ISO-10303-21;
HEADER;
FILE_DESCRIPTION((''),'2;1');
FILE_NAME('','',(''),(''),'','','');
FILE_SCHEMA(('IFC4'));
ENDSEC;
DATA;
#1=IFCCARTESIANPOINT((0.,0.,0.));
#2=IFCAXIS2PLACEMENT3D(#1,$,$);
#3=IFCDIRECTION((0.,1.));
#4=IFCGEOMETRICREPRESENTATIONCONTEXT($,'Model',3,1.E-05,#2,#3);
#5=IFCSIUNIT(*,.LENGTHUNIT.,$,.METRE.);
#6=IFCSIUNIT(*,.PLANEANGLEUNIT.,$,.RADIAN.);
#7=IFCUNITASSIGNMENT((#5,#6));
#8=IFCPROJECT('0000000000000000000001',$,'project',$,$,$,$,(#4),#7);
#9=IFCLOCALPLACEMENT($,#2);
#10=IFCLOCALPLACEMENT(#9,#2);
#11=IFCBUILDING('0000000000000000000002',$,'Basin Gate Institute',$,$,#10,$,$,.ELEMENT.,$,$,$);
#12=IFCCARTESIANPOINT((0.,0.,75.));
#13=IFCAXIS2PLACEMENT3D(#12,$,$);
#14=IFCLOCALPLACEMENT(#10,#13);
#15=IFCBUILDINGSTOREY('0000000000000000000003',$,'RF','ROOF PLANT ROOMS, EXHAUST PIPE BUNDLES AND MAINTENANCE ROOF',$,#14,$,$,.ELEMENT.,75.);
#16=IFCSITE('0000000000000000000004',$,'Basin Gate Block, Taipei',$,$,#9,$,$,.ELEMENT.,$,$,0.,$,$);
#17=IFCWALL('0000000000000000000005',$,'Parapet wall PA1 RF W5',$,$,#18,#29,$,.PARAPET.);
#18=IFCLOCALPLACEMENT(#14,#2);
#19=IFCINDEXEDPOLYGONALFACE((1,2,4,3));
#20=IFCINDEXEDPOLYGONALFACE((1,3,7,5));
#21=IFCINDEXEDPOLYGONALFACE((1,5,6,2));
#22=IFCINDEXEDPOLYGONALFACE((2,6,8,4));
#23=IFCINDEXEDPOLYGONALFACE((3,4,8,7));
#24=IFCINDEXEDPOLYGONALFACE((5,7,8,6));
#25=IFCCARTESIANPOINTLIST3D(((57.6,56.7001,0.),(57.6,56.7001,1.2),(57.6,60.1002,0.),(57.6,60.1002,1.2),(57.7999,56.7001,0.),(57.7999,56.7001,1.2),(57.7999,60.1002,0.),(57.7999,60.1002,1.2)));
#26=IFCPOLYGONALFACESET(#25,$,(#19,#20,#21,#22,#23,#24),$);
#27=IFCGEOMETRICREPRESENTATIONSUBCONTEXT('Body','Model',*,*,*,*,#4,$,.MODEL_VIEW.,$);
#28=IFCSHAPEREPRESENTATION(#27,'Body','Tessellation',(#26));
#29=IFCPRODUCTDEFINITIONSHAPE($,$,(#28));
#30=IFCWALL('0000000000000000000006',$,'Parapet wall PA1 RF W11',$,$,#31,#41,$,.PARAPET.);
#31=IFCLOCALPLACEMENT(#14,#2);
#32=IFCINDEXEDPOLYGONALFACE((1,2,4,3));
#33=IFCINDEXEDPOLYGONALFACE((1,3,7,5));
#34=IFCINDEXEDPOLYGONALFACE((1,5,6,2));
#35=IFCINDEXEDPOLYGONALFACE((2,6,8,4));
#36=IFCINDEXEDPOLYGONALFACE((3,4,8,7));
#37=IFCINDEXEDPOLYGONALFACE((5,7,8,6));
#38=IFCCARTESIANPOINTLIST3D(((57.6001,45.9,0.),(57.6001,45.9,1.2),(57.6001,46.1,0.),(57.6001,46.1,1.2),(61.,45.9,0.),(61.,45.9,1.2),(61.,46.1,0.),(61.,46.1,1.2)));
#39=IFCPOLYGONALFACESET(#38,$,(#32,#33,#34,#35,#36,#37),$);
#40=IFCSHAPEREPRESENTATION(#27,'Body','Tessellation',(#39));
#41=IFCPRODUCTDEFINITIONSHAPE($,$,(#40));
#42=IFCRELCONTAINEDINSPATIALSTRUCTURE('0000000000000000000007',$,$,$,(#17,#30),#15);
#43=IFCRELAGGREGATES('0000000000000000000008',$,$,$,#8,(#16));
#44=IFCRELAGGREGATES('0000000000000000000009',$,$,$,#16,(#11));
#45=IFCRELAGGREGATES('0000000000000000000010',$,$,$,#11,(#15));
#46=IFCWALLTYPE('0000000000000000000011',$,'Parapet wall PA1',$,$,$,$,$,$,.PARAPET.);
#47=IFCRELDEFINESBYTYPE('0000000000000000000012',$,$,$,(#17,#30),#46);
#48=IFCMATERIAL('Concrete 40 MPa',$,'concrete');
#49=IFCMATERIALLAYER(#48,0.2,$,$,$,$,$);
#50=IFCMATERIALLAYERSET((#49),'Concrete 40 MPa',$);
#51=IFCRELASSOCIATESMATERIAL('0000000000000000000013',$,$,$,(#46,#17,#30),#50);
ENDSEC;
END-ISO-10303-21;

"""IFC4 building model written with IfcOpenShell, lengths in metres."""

from ifc_helpers import new_model, si_unit, direction, frame, frame_2d, origin, place, context, subcontext, project, spatial, rectangle, extrude, material, layer, layer_set, type_object, element, save


model = new_model("IFC4")

# Units and contexts
model_context = context("Model", 3, precision=1e-05, world=origin(), true_north=direction((0.0, 1.0)))
body_context = subcontext(model_context, "Body", "Model", "MODEL_VIEW")
ifc_project = project(units=[si_unit("LENGTHUNIT", "METRE"), si_unit("PLANEANGLEUNIT", "RADIAN")], contexts=[model_context])

# Site, building, storey
site_placement = place(None, origin())
site = spatial("IfcSite", under=ifc_project, at=site_placement, Name="Basin Gate Block, Taipei", CompositionType="ELEMENT", RefElevation=0.0)
building_placement = place(site_placement, origin())
building = spatial("IfcBuilding", under=site, at=building_placement, Name="Basin Gate Institute", CompositionType="ELEMENT")
storey_placement = place(building_placement, frame((0.0, 0.0, 75.0)))
storey = spatial("IfcBuildingStorey", under=building, at=storey_placement, Name="RF", Description="ROOF PLANT ROOMS, EXHAUST PIPE BUNDLES AND MAINTENANCE ROOF", CompositionType="ELEMENT", Elevation=75.0)

# Walls
ifc_material_1 = material(Name="Concrete 40 MPa", Category="concrete")
ifc_layer_1 = layer(ifc_material_1, 0.2)
ifc_layer_set_1 = layer_set([ifc_layer_1], Name="Concrete 40 MPa")
wall_type = type_object("IfcWallType", Name="Parapet wall PA1", PredefinedType="PARAPET", material=ifc_layer_set_1)
wall_1_placement = place(storey_placement, frame((57.7, 56.7, 0.0), z_axis=(0.0, 0.0, 1.0), x_axis=(0.0, 1.0, 0.0)))
element("IfcWall", 1, at=wall_1_placement, inside=storey, type_object=wall_type, material=ifc_layer_set_1, Name="Parapet wall PA1 RF W5", PredefinedType="PARAPET", context=body_context, shape_type="SweptSolid", body=[
    extrude(rectangle(XDim=3.4001, YDim=0.2, at=frame_2d((1.7002, 0.0))), origin(), (0.0, 0.0, 1.0), 1.2),
])
wall_2_placement = place(storey_placement, frame((61.0, 46.0, 0.0), z_axis=(0.0, 0.0, 1.0), x_axis=(-1.0, 0.0, 0.0)))
element("IfcWall", 2, at=wall_2_placement, inside=storey, type_object=wall_type, material=ifc_layer_set_1, Name="Parapet wall PA1 RF W11", PredefinedType="PARAPET", context=body_context, shape_type="SweptSolid", body=[
    extrude(rectangle(XDim=3.3999, YDim=0.2, at=frame_2d((1.7, 0.0))), origin(), (0.0, 0.0, 1.0), 1.2),
])

save(model, "model.ifc")
